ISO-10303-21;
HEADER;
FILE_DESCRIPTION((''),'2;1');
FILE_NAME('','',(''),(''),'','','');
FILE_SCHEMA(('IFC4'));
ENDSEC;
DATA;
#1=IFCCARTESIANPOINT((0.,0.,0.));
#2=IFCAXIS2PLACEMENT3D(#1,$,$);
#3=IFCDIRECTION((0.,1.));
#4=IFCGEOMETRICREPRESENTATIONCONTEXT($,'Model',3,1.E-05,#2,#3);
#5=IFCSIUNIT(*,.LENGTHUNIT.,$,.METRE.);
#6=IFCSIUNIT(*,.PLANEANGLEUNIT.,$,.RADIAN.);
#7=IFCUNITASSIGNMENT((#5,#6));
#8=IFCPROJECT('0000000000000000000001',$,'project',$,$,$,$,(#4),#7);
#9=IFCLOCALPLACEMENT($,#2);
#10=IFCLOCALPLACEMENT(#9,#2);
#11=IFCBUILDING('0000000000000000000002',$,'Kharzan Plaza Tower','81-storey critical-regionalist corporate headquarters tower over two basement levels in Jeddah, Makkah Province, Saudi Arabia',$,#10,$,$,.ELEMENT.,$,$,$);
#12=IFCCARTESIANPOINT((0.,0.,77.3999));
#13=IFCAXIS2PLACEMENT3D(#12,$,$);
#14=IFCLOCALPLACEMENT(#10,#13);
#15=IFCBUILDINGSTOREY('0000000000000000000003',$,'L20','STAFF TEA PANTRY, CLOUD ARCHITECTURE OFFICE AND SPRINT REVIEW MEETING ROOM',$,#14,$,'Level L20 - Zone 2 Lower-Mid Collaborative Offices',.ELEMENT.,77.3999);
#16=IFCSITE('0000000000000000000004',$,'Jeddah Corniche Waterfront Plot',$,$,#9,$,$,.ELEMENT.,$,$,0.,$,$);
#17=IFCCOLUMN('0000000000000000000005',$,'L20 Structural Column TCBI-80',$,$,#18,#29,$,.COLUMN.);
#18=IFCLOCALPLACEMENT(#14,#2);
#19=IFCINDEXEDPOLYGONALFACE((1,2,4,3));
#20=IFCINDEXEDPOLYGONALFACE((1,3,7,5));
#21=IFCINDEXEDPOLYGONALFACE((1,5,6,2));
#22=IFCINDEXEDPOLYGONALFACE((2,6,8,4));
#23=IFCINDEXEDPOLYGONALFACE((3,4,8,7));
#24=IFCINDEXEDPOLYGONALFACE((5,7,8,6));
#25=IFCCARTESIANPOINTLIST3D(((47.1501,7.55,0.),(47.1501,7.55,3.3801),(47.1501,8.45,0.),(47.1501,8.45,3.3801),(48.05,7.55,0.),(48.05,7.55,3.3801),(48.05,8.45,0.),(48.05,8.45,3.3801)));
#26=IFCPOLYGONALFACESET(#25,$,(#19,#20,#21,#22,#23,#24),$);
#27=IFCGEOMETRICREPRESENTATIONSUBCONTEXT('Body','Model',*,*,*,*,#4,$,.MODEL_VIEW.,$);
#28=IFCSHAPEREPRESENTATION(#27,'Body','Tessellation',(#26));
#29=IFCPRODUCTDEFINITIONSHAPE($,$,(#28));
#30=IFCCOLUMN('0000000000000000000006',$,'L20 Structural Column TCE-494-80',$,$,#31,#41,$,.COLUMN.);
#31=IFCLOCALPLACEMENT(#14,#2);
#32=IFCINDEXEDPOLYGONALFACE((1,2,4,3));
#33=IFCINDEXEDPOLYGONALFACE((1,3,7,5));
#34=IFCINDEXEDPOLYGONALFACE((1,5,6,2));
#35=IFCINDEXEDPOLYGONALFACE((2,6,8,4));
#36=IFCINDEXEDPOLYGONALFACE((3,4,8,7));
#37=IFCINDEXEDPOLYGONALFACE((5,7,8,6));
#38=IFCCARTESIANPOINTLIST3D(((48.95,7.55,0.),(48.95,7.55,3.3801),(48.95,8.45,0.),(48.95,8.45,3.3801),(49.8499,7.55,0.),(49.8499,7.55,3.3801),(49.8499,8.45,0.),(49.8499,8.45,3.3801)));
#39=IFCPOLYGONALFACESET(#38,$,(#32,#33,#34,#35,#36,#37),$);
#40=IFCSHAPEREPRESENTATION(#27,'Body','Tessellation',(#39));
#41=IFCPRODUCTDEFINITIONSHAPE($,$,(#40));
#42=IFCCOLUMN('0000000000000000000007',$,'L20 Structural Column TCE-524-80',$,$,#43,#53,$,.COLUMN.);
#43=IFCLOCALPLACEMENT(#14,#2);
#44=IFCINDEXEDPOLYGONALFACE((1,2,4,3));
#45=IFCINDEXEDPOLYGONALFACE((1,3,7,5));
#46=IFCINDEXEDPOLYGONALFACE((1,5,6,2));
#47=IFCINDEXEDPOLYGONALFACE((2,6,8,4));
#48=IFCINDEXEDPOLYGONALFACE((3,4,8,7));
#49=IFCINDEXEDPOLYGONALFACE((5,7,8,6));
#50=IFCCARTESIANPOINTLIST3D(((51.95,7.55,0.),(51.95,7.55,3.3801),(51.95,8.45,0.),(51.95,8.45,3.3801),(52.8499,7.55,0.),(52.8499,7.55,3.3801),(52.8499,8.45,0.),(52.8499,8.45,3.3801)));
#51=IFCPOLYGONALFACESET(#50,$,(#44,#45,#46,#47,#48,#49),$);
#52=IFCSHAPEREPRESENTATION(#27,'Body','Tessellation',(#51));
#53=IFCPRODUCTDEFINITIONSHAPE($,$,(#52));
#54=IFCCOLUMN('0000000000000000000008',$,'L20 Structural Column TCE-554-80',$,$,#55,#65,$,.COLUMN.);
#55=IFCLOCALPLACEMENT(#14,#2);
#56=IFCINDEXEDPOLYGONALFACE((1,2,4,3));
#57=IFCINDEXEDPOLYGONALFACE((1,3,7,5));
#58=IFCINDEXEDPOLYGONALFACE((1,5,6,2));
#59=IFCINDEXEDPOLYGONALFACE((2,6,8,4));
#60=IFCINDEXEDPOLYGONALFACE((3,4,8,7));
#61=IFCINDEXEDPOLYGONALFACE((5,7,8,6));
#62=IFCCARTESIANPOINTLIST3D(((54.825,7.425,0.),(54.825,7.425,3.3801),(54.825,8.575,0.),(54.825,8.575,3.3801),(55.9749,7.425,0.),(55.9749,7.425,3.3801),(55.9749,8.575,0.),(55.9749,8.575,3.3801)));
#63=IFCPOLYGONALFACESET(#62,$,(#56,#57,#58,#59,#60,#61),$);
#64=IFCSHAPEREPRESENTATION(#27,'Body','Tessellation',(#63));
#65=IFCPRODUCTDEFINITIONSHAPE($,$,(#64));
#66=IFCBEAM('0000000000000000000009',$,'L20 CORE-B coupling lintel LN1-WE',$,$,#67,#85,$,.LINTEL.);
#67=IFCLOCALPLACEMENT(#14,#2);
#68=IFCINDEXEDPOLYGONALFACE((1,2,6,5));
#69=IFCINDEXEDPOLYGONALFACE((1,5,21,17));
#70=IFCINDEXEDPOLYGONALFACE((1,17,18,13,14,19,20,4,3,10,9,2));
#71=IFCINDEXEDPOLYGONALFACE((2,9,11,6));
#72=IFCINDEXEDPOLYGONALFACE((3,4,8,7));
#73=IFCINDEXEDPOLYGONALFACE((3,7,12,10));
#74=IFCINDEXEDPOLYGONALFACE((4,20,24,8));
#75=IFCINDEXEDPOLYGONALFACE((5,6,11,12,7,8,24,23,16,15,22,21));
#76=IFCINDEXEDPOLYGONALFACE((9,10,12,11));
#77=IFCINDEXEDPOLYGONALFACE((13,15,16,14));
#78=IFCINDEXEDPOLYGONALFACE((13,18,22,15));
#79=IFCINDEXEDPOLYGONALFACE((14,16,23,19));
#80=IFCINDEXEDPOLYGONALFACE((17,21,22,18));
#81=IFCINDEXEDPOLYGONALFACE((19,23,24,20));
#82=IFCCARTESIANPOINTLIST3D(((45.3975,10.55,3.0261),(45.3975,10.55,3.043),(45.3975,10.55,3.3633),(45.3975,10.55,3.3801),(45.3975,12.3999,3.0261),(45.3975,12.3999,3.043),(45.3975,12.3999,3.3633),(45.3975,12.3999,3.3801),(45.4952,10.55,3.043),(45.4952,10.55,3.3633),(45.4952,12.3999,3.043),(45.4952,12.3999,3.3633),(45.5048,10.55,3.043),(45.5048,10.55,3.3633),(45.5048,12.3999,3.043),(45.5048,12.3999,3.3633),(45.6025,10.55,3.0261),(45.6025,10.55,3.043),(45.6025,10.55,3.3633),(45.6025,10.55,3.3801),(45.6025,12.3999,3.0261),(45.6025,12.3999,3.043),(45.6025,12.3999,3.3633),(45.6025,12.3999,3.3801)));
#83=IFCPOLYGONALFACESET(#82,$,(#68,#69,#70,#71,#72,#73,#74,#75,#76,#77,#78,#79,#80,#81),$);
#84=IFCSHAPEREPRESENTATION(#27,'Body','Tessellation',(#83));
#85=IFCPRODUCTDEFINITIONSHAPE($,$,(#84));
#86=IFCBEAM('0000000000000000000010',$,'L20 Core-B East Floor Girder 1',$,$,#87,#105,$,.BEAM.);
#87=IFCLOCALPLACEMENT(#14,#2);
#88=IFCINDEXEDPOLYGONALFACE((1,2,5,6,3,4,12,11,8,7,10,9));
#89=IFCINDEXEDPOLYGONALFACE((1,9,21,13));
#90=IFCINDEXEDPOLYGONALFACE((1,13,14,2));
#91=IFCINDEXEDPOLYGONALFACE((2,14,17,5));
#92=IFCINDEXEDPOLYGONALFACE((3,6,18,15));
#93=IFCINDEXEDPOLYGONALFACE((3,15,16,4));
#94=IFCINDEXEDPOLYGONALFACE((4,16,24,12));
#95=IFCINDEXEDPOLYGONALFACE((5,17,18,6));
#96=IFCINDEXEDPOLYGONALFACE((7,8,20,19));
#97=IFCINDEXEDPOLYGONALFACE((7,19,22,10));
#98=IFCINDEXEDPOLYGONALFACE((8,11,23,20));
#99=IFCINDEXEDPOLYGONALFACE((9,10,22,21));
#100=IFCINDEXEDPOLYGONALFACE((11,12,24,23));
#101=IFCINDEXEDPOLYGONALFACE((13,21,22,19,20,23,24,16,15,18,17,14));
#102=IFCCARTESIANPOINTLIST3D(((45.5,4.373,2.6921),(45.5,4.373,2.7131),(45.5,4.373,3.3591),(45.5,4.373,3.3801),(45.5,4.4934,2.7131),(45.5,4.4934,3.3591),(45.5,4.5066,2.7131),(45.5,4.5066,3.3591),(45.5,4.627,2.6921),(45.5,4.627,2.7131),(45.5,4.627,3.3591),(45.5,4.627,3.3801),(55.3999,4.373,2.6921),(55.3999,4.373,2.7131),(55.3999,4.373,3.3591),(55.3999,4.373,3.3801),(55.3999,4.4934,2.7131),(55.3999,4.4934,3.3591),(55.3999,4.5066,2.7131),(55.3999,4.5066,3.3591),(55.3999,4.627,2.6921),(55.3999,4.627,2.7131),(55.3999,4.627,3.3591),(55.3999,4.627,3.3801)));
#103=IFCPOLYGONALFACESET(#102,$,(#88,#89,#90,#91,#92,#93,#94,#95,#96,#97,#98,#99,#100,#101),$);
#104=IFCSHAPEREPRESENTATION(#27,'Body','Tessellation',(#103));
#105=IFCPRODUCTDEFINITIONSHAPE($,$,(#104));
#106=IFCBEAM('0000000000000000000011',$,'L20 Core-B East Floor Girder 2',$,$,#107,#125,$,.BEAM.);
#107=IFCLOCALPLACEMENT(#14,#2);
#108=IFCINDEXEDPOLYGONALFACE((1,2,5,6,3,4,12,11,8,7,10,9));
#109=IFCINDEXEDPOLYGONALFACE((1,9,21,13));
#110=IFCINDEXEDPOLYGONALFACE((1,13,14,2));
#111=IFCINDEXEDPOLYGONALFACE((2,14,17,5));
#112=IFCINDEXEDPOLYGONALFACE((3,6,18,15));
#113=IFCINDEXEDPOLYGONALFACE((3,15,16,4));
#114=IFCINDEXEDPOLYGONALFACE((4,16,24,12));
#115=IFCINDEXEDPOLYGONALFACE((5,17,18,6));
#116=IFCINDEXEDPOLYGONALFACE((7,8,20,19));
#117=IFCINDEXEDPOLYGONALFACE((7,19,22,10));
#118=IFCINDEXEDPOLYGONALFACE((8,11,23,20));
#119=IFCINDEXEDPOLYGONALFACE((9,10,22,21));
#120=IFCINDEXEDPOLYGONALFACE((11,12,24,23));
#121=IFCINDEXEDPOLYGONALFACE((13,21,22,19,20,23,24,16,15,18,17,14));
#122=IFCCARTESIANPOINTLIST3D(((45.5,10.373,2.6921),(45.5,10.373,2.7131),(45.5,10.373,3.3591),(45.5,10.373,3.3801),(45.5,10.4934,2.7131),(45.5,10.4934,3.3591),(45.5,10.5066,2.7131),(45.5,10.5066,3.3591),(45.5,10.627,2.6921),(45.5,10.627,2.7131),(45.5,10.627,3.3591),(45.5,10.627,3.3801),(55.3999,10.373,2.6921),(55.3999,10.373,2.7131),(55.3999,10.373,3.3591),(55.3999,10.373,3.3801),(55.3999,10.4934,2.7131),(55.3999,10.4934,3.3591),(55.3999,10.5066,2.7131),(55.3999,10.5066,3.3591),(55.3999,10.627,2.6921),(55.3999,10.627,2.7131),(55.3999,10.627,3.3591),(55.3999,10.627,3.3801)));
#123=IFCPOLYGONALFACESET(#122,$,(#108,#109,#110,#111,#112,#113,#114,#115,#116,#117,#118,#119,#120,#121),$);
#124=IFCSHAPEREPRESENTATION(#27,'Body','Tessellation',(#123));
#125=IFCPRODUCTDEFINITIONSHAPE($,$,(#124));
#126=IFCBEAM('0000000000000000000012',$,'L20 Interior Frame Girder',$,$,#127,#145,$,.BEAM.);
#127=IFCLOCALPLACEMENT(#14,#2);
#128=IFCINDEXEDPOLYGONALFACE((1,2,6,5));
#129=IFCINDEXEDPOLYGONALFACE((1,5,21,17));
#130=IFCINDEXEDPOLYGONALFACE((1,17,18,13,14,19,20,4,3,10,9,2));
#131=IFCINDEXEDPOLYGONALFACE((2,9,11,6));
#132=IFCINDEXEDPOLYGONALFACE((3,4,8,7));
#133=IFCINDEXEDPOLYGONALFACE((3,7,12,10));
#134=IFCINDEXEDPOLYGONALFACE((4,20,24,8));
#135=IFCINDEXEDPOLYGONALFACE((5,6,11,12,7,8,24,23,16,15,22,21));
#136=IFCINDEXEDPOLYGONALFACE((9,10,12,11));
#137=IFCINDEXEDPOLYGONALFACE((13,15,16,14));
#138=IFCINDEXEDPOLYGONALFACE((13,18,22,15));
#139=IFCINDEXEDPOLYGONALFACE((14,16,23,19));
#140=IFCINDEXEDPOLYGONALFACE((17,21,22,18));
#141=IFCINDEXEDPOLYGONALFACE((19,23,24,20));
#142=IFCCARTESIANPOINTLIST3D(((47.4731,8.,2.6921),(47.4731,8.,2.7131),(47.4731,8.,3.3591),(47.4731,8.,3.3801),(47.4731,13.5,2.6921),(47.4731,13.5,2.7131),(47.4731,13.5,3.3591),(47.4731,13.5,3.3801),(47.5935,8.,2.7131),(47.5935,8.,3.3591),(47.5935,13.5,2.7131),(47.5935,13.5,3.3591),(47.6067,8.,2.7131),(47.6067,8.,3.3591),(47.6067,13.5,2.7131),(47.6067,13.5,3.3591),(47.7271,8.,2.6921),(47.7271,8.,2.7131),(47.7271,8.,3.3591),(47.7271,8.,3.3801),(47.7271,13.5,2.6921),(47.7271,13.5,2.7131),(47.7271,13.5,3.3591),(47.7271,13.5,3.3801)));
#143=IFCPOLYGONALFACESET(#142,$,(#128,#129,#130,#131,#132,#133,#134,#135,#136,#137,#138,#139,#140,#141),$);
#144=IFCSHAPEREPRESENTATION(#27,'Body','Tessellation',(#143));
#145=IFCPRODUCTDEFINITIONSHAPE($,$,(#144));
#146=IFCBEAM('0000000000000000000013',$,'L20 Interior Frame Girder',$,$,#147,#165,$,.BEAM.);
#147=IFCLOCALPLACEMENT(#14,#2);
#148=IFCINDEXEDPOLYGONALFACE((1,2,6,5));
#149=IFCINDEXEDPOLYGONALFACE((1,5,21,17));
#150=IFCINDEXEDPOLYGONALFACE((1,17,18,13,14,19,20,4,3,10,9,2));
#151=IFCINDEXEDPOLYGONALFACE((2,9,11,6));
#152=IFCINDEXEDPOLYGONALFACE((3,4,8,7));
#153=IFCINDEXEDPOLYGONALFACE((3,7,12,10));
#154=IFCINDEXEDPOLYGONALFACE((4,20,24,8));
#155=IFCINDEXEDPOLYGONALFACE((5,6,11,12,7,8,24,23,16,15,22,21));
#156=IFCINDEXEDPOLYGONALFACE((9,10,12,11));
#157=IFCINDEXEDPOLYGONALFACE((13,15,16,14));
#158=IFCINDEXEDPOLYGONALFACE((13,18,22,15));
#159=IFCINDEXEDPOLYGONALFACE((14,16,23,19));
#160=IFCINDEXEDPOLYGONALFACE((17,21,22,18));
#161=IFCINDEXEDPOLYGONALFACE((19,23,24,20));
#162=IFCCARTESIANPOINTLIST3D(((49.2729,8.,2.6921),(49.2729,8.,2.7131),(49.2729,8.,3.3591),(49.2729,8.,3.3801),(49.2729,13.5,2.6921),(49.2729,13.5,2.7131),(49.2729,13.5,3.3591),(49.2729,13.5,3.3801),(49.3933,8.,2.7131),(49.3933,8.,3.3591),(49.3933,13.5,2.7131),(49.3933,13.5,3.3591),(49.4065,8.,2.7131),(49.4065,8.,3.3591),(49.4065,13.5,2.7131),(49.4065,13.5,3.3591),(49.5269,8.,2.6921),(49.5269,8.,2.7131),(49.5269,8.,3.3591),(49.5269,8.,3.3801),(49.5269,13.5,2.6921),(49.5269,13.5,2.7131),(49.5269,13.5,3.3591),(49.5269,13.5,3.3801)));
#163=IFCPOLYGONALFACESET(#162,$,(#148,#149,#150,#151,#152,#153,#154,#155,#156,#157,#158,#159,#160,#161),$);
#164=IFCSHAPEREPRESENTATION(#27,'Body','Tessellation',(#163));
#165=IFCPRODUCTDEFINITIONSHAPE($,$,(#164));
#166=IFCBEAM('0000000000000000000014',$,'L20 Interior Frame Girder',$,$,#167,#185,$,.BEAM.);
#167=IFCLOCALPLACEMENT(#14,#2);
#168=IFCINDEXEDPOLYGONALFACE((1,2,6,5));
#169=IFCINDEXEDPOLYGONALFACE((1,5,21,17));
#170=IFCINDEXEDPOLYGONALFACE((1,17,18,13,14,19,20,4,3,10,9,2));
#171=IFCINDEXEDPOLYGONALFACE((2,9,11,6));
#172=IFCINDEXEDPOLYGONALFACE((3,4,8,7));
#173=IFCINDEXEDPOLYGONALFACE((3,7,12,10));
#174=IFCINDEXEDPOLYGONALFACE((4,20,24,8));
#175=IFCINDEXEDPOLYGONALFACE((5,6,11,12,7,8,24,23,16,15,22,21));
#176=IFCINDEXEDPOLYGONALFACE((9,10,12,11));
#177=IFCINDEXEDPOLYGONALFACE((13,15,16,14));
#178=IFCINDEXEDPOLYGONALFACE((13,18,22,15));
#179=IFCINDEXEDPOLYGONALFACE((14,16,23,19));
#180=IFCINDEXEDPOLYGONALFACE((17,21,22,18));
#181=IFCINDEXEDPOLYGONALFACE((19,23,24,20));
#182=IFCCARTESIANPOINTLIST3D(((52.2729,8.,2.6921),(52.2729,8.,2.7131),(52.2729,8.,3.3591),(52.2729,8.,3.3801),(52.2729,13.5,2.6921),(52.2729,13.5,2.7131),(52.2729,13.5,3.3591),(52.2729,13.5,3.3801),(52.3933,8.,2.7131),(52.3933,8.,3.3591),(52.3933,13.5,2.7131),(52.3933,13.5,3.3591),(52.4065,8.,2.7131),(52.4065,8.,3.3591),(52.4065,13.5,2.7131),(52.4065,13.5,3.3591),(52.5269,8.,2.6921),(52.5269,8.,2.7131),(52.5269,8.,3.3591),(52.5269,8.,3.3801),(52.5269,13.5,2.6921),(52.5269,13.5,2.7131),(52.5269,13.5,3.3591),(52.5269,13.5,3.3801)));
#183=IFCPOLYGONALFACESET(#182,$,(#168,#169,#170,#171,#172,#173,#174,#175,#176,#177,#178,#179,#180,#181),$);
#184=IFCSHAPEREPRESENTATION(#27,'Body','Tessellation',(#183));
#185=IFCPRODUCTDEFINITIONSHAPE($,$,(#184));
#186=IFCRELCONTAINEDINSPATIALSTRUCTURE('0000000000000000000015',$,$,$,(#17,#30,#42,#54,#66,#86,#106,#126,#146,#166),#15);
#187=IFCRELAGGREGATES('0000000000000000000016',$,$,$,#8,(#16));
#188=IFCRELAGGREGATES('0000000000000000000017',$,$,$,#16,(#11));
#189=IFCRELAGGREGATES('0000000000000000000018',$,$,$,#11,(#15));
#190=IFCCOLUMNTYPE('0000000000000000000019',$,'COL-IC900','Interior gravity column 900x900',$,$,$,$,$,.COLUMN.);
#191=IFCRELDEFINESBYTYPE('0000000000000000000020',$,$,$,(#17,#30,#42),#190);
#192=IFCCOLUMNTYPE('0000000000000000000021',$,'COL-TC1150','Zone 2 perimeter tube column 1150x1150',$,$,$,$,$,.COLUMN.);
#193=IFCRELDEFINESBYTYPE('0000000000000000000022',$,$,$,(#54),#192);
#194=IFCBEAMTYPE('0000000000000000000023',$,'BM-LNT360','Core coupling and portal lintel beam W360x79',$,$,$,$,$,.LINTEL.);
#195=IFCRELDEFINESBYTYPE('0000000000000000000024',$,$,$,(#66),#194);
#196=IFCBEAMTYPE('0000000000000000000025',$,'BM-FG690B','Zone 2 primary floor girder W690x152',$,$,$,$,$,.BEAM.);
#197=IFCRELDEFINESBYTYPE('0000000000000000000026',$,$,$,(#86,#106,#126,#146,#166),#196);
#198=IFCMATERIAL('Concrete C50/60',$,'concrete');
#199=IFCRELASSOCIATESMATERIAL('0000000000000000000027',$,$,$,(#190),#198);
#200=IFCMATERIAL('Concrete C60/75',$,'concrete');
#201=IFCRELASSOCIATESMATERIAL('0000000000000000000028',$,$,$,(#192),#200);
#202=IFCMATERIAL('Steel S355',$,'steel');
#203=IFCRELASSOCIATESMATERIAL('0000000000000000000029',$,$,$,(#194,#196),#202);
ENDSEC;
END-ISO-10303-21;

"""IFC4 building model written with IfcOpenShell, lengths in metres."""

from ifc_helpers import new_model, si_unit, direction, frame, origin, origin_2d, place, context, subcontext, project, spatial, rectangle, i_section, extrude, source, transform, mapped, material, material_profile, profile_set, type_object, element, save


model = new_model("IFC4")

# Units and contexts
model_context = context("Model", 3, precision=1e-05, world=origin(), true_north=direction((0.0, 1.0)))
body_context = subcontext(model_context, "Body", "Model", "MODEL_VIEW")
ifc_project = project(units=[si_unit("LENGTHUNIT", "METRE"), si_unit("PLANEANGLEUNIT", "RADIAN")], contexts=[model_context])

# Site, building, storey
site_placement = place(None, origin())
site = spatial("IfcSite", under=ifc_project, at=site_placement, Name="Jeddah Corniche Waterfront Plot", CompositionType="ELEMENT", RefElevation=0.0)
building_placement = place(site_placement, origin())
building = spatial("IfcBuilding", under=site, at=building_placement, Name="Kharzan Plaza Tower", Description="81-storey critical-regionalist corporate headquarters tower over two basement levels in Jeddah, Makkah Province, Saudi Arabia", CompositionType="ELEMENT")
storey_placement = place(building_placement, frame((0.0, 0.0, 77.3999)))
storey = spatial("IfcBuildingStorey", under=building, at=storey_placement, Name="L20", Description="STAFF TEA PANTRY, CLOUD ARCHITECTURE OFFICE AND SPRINT REVIEW MEETING ROOM", LongName="Level L20 - Zone 2 Lower-Mid Collaborative Offices", CompositionType="ELEMENT", Elevation=77.3999)

# Columns
ifc_material_1 = material(Name="Concrete C50/60", Category="concrete")
ifc_material_profile_1 = material_profile(ifc_material_1, rectangle(XDim=0.8999, YDim=0.8999, at=origin_2d()), Name="RC-IC900x900")
ifc_profile_set_1 = profile_set([ifc_material_profile_1], Name="Concrete C50/60")
column_type_1 = type_object("IfcColumnType", Name="COL-IC900", Description="Interior gravity column 900x900", PredefinedType="COLUMN", material=ifc_profile_set_1)
shared_shape_1 = source(origin(), body_context, "Body", "SweptSolid", [
    extrude(rectangle(XDim=0.8999, YDim=0.8999, at=origin_2d()), origin(), (0.0, 0.0, 1.0), 3.3801),
])
for number, where, z_axis, x_axis, name in (
    (1, (47.6001, 8.0, 0.0), (0.0, 0.0, 1.0), (1.0, 0.0, 0.0), "L20 Structural Column TCBI-80"),
    (2, (49.3999, 8.0, 0.0), (0.0, 0.0, 1.0), (1.0, 0.0, 0.0), "L20 Structural Column TCE-494-80"),
    (3, (52.3999, 8.0, 0.0), (0.0, 0.0, 1.0), (1.0, 0.0, 0.0), "L20 Structural Column TCE-524-80"),
):
    element("IfcColumn", number, at=place(storey_placement, frame(where, z_axis=z_axis, x_axis=x_axis)), inside=storey, type_object=column_type_1, Name=name, PredefinedType="COLUMN", context=body_context, shape_type="MappedRepresentation", body=[
        mapped(shared_shape_1, transform((0.0, 0.0, 0.0), x_axis=(1.0, 0.0, 0.0), y_axis=(0.0, 1.0, 0.0), z_axis=(0.0, 0.0, 1.0))),
    ])
ifc_material_2 = material(Name="Concrete C60/75", Category="concrete")
ifc_material_profile_2 = material_profile(ifc_material_2, rectangle(XDim=1.1499, YDim=1.1499, at=origin_2d()), Name="RC-TC1150x1150")
ifc_profile_set_2 = profile_set([ifc_material_profile_2], Name="Concrete C60/75")
column_type_2 = type_object("IfcColumnType", Name="COL-TC1150", Description="Zone 2 perimeter tube column 1150x1150", PredefinedType="COLUMN", material=ifc_profile_set_2)
shared_shape_2 = source(origin(), body_context, "Body", "SweptSolid", [
    extrude(rectangle(XDim=1.1499, YDim=1.1499, at=origin_2d()), origin(), (0.0, 0.0, 1.0), 3.3801),
])
column_placement = place(storey_placement, frame((55.3999, 8.0, 0.0), z_axis=(0.0, 0.0, 1.0), x_axis=(1.0, 0.0, 0.0)))
element("IfcColumn", 4, at=column_placement, inside=storey, type_object=column_type_2, Name="L20 Structural Column TCE-554-80", PredefinedType="COLUMN", context=body_context, shape_type="MappedRepresentation", body=[
    mapped(shared_shape_2, transform((0.0, 0.0, 0.0), x_axis=(1.0, 0.0, 0.0), y_axis=(0.0, 1.0, 0.0), z_axis=(0.0, 0.0, 1.0))),
])

# Beams
ifc_material_3 = material(Name="Steel S355", Category="steel")
ifc_material_profile_3 = material_profile(ifc_material_3, i_section(OverallWidth=0.2051, OverallDepth=0.354, WebThickness=0.0095, FlangeThickness=0.0168, at=origin_2d()), Name="W360x79")
ifc_profile_set_3 = profile_set([ifc_material_profile_3], Name="Steel S355")
beam_type_1 = type_object("IfcBeamType", Name="BM-LNT360", Description="Core coupling and portal lintel beam W360x79", PredefinedType="LINTEL", material=ifc_profile_set_3)
shared_shape_3 = source(origin(), body_context, "Body", "SweptSolid", [
    extrude(i_section(OverallWidth=0.2051, OverallDepth=0.354, WebThickness=0.0095, FlangeThickness=0.0168, at=origin_2d()), origin(), (0.0, 0.0, 1.0), 1.8499),
])
beam_1_placement = place(storey_placement, frame((45.5, 10.55, 3.2031), z_axis=(0.0, 1.0, 0.0), x_axis=(-1.0, 0.0, 0.0)))
element("IfcBeam", 5, at=beam_1_placement, inside=storey, type_object=beam_type_1, Name="L20 CORE-B coupling lintel LN1-WE", PredefinedType="LINTEL", context=body_context, shape_type="MappedRepresentation", body=[
    mapped(shared_shape_3, transform((0.0, 0.0, 0.0), x_axis=(1.0, 0.0, 0.0), y_axis=(0.0, 1.0, 0.0), z_axis=(0.0, 0.0, 1.0))),
])
ifc_material_profile_4 = material_profile(ifc_material_3, i_section(OverallWidth=0.2539, OverallDepth=0.688, WebThickness=0.0132, FlangeThickness=0.021, at=origin_2d()), Name="W690x152")
ifc_profile_set_4 = profile_set([ifc_material_profile_4], Name="Steel S355")
beam_type_2 = type_object("IfcBeamType", Name="BM-FG690B", Description="Zone 2 primary floor girder W690x152", PredefinedType="BEAM", material=ifc_profile_set_4)
shared_shape_4 = source(origin(), body_context, "Body", "SweptSolid", [
    extrude(i_section(OverallWidth=0.2539, OverallDepth=0.688, WebThickness=0.0132, FlangeThickness=0.021, at=origin_2d()), origin(), (0.0, 0.0, 1.0), 9.8999),
])
for number, where, z_axis, x_axis, name in (
    (6, (45.5, 4.5, 3.0361), (1.0, 0.0, 0.0), (0.0, 1.0, 0.0), "L20 Core-B East Floor Girder 1"),
    (7, (45.5, 10.5, 3.0361), (1.0, 0.0, 0.0), (0.0, 1.0, 0.0), "L20 Core-B East Floor Girder 2"),
):
    element("IfcBeam", number, at=place(storey_placement, frame(where, z_axis=z_axis, x_axis=x_axis)), inside=storey, type_object=beam_type_2, Name=name, PredefinedType="BEAM", context=body_context, shape_type="MappedRepresentation", body=[
        mapped(shared_shape_4, transform((0.0, 0.0, 0.0), x_axis=(1.0, 0.0, 0.0), y_axis=(0.0, 1.0, 0.0), z_axis=(0.0, 0.0, 1.0))),
    ])
shared_shape_5 = source(origin(), body_context, "Body", "SweptSolid", [
    extrude(i_section(OverallWidth=0.2539, OverallDepth=0.688, WebThickness=0.0132, FlangeThickness=0.021, at=origin_2d()), origin(), (0.0, 0.0, 1.0), 5.5),
])
for number, where, z_axis, x_axis, name in (
    (8, (47.6001, 8.0, 3.0361), (0.0, 1.0, 0.0), (-1.0, 0.0, 0.0), "L20 Interior Frame Girder"),
    (9, (49.3999, 8.0, 3.0361), (0.0, 1.0, 0.0), (-1.0, 0.0, 0.0), "L20 Interior Frame Girder"),
    (10, (52.3999, 8.0, 3.0361), (0.0, 1.0, 0.0), (-1.0, 0.0, 0.0), "L20 Interior Frame Girder"),
):
    element("IfcBeam", number, at=place(storey_placement, frame(where, z_axis=z_axis, x_axis=x_axis)), inside=storey, type_object=beam_type_2, Name=name, PredefinedType="BEAM", context=body_context, shape_type="MappedRepresentation", body=[
        mapped(shared_shape_5, transform((0.0, 0.0, 0.0), x_axis=(1.0, 0.0, 0.0), y_axis=(0.0, 1.0, 0.0), z_axis=(0.0, 0.0, 1.0))),
    ])

save(model, "model.ifc")
